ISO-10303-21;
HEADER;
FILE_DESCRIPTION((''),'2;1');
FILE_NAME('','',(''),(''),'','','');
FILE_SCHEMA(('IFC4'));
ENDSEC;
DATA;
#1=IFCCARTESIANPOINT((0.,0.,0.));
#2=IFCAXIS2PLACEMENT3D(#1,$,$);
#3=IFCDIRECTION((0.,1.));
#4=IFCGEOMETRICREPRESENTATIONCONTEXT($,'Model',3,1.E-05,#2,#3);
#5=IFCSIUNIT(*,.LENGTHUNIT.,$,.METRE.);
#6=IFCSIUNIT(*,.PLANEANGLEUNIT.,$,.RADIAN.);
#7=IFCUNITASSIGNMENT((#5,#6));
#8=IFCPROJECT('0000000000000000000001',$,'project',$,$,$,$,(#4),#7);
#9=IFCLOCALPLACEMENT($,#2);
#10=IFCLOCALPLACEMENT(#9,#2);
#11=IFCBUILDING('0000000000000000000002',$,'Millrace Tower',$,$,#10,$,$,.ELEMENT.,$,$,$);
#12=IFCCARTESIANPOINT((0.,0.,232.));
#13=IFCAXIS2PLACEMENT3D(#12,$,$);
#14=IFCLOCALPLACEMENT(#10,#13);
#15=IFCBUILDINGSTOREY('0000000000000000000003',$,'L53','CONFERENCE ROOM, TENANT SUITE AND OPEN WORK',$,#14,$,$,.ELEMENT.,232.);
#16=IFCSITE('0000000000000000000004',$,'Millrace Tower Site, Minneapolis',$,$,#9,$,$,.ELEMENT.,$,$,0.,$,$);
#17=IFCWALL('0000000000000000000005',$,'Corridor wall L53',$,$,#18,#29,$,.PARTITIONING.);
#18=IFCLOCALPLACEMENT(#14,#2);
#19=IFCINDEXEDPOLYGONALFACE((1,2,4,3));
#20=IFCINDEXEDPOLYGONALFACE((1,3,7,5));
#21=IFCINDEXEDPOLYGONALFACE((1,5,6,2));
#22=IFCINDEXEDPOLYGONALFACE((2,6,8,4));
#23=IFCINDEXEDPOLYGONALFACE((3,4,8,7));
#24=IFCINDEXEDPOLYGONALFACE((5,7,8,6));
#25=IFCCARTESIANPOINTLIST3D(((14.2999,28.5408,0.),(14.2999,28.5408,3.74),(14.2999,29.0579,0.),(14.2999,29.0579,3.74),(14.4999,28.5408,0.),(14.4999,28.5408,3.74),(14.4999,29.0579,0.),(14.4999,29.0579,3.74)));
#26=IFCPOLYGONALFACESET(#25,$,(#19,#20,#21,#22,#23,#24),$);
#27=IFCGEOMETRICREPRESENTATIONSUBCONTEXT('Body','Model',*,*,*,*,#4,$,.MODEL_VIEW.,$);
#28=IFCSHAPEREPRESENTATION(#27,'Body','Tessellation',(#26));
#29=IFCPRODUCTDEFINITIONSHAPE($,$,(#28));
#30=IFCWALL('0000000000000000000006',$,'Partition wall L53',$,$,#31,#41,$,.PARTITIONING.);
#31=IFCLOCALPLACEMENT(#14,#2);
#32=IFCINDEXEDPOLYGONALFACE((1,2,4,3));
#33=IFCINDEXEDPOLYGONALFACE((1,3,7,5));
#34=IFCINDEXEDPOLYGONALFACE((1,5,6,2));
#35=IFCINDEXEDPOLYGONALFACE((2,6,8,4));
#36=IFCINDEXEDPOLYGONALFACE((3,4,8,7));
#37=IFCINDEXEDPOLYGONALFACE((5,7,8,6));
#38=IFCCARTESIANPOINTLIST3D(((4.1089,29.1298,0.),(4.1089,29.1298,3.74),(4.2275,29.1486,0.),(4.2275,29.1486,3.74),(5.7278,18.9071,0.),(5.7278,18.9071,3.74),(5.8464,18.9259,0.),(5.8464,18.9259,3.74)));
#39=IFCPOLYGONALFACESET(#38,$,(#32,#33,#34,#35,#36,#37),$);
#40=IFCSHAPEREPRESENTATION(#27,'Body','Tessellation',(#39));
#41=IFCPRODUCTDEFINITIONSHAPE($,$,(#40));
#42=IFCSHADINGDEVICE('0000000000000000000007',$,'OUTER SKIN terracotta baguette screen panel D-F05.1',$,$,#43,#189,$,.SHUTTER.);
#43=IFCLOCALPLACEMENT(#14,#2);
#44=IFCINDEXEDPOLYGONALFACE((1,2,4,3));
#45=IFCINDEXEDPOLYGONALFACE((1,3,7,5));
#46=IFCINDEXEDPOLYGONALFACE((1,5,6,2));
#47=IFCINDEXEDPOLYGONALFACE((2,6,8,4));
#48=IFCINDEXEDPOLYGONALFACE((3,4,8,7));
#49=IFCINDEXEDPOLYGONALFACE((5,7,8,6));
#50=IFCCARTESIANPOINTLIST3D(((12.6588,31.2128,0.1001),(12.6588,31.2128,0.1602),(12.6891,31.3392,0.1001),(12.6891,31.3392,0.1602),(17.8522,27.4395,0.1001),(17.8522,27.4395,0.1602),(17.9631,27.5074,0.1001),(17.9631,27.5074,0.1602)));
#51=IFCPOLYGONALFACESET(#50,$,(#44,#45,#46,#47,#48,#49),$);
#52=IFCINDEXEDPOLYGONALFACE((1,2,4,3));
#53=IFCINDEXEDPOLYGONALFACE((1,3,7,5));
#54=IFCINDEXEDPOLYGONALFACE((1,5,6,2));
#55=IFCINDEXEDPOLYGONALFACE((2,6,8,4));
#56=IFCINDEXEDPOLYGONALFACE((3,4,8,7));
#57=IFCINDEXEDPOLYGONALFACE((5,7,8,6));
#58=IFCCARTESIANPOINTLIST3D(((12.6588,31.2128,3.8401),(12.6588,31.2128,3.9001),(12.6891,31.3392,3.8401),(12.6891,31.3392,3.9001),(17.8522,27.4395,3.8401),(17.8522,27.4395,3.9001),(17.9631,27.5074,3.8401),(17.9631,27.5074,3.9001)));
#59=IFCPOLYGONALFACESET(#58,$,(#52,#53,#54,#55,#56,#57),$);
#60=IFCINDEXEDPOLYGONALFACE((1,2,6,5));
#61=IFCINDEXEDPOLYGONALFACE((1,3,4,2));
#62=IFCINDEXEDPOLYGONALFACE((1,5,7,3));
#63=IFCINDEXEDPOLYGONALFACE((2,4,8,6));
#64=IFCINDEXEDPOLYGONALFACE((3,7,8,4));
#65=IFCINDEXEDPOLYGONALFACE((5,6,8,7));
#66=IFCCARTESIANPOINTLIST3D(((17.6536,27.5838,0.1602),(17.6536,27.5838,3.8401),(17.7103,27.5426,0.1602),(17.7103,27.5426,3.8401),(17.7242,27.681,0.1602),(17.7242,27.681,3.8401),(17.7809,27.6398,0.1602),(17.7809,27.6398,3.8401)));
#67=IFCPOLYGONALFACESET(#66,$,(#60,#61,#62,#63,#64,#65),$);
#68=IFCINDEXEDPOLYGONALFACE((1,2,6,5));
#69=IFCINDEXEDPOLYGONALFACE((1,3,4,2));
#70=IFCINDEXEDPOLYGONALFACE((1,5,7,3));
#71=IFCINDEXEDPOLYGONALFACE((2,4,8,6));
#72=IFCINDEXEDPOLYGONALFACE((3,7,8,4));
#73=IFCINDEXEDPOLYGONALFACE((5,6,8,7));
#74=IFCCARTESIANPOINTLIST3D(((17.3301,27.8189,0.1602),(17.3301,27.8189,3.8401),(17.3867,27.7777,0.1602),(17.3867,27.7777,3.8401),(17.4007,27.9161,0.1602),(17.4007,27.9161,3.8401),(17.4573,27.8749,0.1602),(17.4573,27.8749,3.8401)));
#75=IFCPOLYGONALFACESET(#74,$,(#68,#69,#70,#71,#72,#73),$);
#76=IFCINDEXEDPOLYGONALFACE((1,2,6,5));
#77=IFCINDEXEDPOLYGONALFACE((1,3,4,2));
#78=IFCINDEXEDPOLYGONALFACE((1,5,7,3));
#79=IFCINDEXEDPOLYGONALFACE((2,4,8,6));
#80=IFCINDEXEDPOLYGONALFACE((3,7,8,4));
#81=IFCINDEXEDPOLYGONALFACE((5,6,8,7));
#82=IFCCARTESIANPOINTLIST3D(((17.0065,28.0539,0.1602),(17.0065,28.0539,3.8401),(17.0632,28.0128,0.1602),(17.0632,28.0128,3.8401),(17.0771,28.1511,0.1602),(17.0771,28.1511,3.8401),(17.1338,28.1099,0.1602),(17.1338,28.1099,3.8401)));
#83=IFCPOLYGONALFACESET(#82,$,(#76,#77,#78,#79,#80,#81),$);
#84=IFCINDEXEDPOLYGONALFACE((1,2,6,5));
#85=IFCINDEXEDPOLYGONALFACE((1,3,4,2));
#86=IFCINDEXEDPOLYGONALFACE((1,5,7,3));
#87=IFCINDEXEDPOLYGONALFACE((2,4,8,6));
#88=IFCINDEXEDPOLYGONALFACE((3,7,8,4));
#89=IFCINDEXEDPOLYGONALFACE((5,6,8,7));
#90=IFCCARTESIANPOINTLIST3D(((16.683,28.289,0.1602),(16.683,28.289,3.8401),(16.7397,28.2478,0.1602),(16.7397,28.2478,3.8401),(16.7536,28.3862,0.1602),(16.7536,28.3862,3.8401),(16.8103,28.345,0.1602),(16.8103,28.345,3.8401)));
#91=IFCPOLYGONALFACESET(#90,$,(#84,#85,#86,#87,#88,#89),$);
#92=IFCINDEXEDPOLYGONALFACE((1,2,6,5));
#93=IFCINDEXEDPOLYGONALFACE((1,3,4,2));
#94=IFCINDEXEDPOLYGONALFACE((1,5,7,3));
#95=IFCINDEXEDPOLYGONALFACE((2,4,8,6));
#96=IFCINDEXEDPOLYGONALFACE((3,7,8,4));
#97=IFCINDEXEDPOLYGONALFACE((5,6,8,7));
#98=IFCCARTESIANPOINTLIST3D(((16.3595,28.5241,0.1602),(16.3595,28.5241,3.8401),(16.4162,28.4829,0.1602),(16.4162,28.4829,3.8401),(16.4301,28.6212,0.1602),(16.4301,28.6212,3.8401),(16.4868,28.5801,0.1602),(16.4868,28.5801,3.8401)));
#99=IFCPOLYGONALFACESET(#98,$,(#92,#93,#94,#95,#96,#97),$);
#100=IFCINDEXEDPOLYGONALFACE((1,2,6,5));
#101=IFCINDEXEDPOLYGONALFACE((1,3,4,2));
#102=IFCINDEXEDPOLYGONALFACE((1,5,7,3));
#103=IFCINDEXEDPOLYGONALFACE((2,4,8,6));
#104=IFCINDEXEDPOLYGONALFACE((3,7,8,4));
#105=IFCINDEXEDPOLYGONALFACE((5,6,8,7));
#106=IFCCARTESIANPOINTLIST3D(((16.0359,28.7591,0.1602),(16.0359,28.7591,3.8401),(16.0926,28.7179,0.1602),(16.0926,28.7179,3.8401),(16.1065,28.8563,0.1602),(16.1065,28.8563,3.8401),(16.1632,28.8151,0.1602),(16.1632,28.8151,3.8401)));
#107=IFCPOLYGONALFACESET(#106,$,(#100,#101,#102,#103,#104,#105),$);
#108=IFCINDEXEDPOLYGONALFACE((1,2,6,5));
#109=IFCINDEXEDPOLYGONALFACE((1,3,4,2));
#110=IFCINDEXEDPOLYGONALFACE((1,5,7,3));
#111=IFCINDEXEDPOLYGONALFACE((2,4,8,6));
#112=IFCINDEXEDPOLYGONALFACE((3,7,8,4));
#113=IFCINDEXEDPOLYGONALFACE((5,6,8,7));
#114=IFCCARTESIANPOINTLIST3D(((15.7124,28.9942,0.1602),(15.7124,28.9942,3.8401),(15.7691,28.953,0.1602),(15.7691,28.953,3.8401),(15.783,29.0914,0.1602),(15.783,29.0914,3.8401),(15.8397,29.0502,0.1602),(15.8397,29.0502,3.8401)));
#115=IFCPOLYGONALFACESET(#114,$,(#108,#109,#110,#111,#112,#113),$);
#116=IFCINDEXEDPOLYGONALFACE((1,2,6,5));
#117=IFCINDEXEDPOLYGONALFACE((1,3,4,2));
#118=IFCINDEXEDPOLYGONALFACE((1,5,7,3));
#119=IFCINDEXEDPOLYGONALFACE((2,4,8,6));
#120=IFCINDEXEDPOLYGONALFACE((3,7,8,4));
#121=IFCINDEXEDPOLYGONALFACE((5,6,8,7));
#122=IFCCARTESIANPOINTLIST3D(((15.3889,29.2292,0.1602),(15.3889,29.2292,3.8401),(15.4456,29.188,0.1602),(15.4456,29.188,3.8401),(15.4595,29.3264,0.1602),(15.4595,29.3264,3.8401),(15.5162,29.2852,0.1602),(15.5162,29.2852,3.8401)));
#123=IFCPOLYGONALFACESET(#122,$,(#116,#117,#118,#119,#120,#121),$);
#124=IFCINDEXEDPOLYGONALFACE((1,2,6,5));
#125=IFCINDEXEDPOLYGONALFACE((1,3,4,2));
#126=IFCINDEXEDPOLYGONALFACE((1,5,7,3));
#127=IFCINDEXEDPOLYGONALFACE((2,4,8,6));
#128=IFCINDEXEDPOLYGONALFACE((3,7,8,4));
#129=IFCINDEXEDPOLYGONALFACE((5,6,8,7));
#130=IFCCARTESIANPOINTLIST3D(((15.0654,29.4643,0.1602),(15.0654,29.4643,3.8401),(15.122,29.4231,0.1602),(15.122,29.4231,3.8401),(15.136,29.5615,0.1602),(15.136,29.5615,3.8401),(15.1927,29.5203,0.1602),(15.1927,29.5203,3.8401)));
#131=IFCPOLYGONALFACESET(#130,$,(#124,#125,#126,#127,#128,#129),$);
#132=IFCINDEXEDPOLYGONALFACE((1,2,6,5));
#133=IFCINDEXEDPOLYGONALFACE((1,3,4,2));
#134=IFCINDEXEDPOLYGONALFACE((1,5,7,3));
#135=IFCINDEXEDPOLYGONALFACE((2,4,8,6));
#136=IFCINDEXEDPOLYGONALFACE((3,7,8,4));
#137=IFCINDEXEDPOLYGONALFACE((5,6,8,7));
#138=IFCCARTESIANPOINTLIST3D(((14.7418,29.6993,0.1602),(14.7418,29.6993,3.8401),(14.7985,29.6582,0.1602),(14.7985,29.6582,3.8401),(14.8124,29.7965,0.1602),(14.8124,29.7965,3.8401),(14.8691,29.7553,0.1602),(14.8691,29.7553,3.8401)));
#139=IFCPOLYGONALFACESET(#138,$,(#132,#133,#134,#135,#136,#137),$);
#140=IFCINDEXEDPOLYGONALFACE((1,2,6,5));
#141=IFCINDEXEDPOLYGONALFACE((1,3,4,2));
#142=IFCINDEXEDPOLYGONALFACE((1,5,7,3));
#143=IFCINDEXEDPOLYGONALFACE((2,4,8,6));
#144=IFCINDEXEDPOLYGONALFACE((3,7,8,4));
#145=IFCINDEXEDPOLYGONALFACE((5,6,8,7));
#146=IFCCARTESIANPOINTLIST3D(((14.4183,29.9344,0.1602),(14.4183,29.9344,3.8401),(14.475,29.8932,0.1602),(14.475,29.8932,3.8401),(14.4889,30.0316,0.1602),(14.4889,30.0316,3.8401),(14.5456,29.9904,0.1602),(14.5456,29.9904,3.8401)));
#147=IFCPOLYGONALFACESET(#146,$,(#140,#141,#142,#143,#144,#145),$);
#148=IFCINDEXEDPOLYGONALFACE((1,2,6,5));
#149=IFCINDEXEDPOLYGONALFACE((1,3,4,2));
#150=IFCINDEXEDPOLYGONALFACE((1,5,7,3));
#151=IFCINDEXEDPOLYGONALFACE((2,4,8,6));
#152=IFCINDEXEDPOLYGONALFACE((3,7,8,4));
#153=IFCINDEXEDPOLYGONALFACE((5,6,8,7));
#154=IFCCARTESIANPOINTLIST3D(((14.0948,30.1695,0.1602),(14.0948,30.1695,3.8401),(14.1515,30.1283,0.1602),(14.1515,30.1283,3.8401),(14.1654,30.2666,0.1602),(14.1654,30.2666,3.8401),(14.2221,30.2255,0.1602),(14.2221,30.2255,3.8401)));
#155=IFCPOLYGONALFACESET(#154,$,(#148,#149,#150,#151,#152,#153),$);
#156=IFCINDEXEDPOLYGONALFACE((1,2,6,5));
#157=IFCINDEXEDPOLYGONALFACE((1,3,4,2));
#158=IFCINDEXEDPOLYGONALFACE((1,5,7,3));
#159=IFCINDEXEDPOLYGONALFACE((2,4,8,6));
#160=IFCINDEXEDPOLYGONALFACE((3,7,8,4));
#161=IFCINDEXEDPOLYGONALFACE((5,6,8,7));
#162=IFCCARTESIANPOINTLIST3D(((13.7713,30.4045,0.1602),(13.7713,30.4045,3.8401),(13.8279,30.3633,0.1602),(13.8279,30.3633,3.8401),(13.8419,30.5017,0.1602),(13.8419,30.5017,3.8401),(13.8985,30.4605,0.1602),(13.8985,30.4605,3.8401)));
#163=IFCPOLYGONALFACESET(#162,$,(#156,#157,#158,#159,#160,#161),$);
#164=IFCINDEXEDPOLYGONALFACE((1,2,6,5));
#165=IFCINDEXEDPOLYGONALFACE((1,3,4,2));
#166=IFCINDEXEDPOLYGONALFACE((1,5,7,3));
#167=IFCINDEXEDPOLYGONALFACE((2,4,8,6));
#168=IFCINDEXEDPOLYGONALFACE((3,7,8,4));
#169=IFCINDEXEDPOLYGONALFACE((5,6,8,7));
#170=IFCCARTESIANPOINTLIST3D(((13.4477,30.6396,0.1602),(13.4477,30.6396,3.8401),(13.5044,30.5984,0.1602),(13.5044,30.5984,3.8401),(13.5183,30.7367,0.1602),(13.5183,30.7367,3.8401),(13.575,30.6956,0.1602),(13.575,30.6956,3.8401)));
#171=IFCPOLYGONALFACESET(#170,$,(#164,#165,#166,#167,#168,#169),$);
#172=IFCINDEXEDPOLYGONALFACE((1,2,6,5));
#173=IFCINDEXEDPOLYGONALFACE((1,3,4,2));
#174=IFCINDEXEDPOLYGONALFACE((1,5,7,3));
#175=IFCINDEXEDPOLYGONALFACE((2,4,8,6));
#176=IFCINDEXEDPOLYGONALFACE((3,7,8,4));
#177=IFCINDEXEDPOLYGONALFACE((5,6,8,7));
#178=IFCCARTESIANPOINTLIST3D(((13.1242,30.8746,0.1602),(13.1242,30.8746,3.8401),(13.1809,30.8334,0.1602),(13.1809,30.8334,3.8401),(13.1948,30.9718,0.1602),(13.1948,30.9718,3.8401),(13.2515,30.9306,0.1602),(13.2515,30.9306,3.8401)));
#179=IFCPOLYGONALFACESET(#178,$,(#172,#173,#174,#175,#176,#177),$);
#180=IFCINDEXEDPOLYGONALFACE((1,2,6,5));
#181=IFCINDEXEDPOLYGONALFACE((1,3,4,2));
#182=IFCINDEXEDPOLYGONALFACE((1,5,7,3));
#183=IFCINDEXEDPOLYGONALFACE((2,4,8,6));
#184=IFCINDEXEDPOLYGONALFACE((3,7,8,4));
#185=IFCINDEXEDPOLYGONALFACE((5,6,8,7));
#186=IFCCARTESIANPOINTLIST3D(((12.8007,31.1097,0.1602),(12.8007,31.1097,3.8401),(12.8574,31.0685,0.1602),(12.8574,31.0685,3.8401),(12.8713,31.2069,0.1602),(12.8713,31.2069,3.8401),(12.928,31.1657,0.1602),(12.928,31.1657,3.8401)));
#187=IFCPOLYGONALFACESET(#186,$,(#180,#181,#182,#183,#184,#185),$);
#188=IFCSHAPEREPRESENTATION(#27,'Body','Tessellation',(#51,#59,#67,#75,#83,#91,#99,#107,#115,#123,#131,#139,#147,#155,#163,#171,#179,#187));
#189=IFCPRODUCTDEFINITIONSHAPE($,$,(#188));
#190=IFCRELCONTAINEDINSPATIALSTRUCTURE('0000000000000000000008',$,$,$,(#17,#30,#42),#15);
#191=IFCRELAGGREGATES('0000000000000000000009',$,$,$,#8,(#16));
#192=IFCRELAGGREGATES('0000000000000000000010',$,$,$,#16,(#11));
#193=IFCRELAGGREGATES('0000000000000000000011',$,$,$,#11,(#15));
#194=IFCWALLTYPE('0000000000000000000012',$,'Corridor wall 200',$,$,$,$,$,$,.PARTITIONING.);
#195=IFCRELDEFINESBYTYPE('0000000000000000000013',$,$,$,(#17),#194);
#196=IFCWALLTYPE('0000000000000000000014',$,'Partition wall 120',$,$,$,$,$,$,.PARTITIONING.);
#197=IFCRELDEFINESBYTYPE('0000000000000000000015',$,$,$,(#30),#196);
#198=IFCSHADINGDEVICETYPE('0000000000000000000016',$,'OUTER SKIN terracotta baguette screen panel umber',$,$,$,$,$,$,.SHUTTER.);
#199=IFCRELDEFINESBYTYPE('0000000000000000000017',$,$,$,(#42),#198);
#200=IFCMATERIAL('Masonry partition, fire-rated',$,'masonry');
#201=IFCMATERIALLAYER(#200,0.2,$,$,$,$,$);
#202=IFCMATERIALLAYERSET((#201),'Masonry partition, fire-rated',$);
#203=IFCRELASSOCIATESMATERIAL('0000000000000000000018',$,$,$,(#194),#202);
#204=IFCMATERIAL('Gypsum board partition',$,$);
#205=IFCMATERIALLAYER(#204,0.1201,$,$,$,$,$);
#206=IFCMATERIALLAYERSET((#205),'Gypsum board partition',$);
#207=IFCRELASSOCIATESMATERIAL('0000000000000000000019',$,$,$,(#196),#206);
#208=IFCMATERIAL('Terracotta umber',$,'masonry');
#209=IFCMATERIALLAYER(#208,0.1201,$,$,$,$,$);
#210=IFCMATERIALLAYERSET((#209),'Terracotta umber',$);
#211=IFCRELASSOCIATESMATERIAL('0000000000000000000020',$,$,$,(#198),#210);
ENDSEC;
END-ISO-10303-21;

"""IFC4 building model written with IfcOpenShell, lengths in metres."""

from ifc_helpers import new_model, entity, si_unit, direction, frame, frame_2d, origin, place, context, subcontext, project, spatial, rectangle, extrude, source, transform, mapped, material, layer, layer_set, type_object, element, save


model = new_model("IFC4")

# Units and contexts
model_context = context("Model", 3, precision=1e-05, world=origin(), true_north=direction((0.0, 1.0)))
body_context = subcontext(model_context, "Body", "Model", "MODEL_VIEW")
ifc_project = project(units=[si_unit("LENGTHUNIT", "METRE"), si_unit("PLANEANGLEUNIT", "RADIAN")], contexts=[model_context])

# Site, building, storey
site_placement = place(None, origin())
site = spatial("IfcSite", under=ifc_project, at=site_placement, Name="Millrace Tower Site, Minneapolis", CompositionType="ELEMENT", RefElevation=0.0)
building_placement = place(site_placement, origin())
building = spatial("IfcBuilding", under=site, at=building_placement, Name="Millrace Tower", CompositionType="ELEMENT")
storey_placement = place(building_placement, frame((0.0, 0.0, 232.0)))
storey = spatial("IfcBuildingStorey", under=building, at=storey_placement, Name="L53", Description="CONFERENCE ROOM, TENANT SUITE AND OPEN WORK", CompositionType="ELEMENT", Elevation=232.0)

# Walls
ifc_material_1 = material(Name="Masonry partition, fire-rated", Category="masonry")
ifc_layer_1 = layer(ifc_material_1, 0.2)
ifc_layer_set_1 = layer_set([ifc_layer_1], Name="Masonry partition, fire-rated")
wall_type_1 = type_object("IfcWallType", Name="Corridor wall 200", PredefinedType="PARTITIONING", material=ifc_layer_set_1)
wall_1_placement = place(storey_placement, frame((14.3999, 28.5408, 0.0), z_axis=(0.0, 0.0, 1.0), x_axis=(0.0, 1.0, 0.0)))
element("IfcWall", 1, at=wall_1_placement, inside=storey, type_object=wall_type_1, Name="Corridor wall L53", PredefinedType="PARTITIONING", context=body_context, shape_type="SweptSolid", body=[
    extrude(rectangle(XDim=0.5171, YDim=0.2, at=frame_2d((0.2585, 0.0))), origin(), (0.0, 0.0, 1.0), 3.74),
])
ifc_material_2 = material(Name="Gypsum board partition")
ifc_layer_2 = layer(ifc_material_2, 0.1201)
ifc_layer_set_2 = layer_set([ifc_layer_2], Name="Gypsum board partition")
wall_type_2 = type_object("IfcWallType", Name="Partition wall 120", PredefinedType="PARTITIONING", material=ifc_layer_set_2)
wall_2_placement = place(storey_placement, frame((4.1682, 29.1392, 0.0), z_axis=(0.0, 0.0, 1.0), x_axis=(0.156414, -0.987692, 0.0)))
element("IfcWall", 2, at=wall_2_placement, inside=storey, type_object=wall_type_2, Name="Partition wall L53", PredefinedType="PARTITIONING", context=body_context, shape_type="SweptSolid", body=[
    extrude(rectangle(XDim=10.3501, YDim=0.1201, at=frame_2d((5.175, 0.0))), origin(), (0.0, 0.0, 1.0), 3.74),
])

# Shading device
ifc_material_3 = material(Name="Terracotta umber", Category="masonry")
ifc_layer_3 = layer(ifc_material_3, 0.1201)
ifc_layer_set_3 = layer_set([ifc_layer_3], Name="Terracotta umber")
shading_device_type = type_object("IfcShadingDeviceType", Name="OUTER SKIN terracotta baguette screen panel umber", PredefinedType="SHUTTER", material=ifc_layer_set_3)
cartesian_point_1 = entity("IfcCartesianPoint", [-3.2097, 0.0601])
shared_polyline_1 = entity("IfcPolyline", [cartesian_point_1, entity("IfcCartesianPoint", [3.2097, 0.0601]), entity("IfcCartesianPoint", [3.2595, -0.0601]), entity("IfcCartesianPoint", [-3.2595, -0.0601]), cartesian_point_1])
shared_shape_1 = source(origin(), body_context, "Body", "SweptSolid", [
    entity("IfcExtrudedAreaSolid", entity("IfcArbitraryClosedProfileDef", "AREA", None, shared_polyline_1), entity("IfcAxis2Placement3D", entity("IfcCartesianPoint", [0.0, 0.0, 0.0])), entity("IfcDirection", [0.0, 0.0, 1.0]), 0.0601),
    entity("IfcExtrudedAreaSolid", entity("IfcArbitraryClosedProfileDef", "AREA", None, shared_polyline_1), entity("IfcAxis2Placement3D", entity("IfcCartesianPoint", [0.0, 0.0, 3.74])), entity("IfcDirection", [0.0, 0.0, 1.0]), 0.0601),
    extrude(rectangle(XDim=0.0701, YDim=0.1201, at=frame_2d((-2.9993, 0.0))), frame((0.0, 0.0, 0.0601)), (0.0, 0.0, 1.0), 3.6799),
    extrude(rectangle(XDim=0.0701, YDim=0.1201, at=frame_2d((-2.5994, 0.0))), frame((0.0, 0.0, 0.0601)), (0.0, 0.0, 1.0), 3.6799),
    extrude(rectangle(XDim=0.0701, YDim=0.1201, at=frame_2d((-2.1995, 0.0))), frame((0.0, 0.0, 0.0601)), (0.0, 0.0, 1.0), 3.6799),
    extrude(rectangle(XDim=0.0701, YDim=0.1201, at=frame_2d((-1.7996, 0.0))), frame((0.0, 0.0, 0.0601)), (0.0, 0.0, 1.0), 3.6799),
    extrude(rectangle(XDim=0.0701, YDim=0.1201, at=frame_2d((-1.3997, 0.0))), frame((0.0, 0.0, 0.0601)), (0.0, 0.0, 1.0), 3.6799),
    extrude(rectangle(XDim=0.0701, YDim=0.1201, at=frame_2d((-0.9998, 0.0))), frame((0.0, 0.0, 0.0601)), (0.0, 0.0, 1.0), 3.6799),
    extrude(rectangle(XDim=0.0701, YDim=0.1201, at=frame_2d((-0.5999, 0.0))), frame((0.0, 0.0, 0.0601)), (0.0, 0.0, 1.0), 3.6799),
    extrude(rectangle(XDim=0.0701, YDim=0.1201, at=frame_2d((-0.2, 0.0))), frame((0.0, 0.0, 0.0601)), (0.0, 0.0, 1.0), 3.6799),
    extrude(rectangle(XDim=0.0701, YDim=0.1201, at=frame_2d((0.2, 0.0))), frame((0.0, 0.0, 0.0601)), (0.0, 0.0, 1.0), 3.6799),
    extrude(rectangle(XDim=0.0701, YDim=0.1201, at=frame_2d((0.5999, 0.0))), frame((0.0, 0.0, 0.0601)), (0.0, 0.0, 1.0), 3.6799),
    extrude(rectangle(XDim=0.0701, YDim=0.1201, at=frame_2d((0.9998, 0.0))), frame((0.0, 0.0, 0.0601)), (0.0, 0.0, 1.0), 3.6799),
    extrude(rectangle(XDim=0.0701, YDim=0.1201, at=frame_2d((1.3997, 0.0))), frame((0.0, 0.0, 0.0601)), (0.0, 0.0, 1.0), 3.6799),
    extrude(rectangle(XDim=0.0701, YDim=0.1201, at=frame_2d((1.7996, 0.0))), frame((0.0, 0.0, 0.0601)), (0.0, 0.0, 1.0), 3.6799),
    extrude(rectangle(XDim=0.0701, YDim=0.1201, at=frame_2d((2.1995, 0.0))), frame((0.0, 0.0, 0.0601)), (0.0, 0.0, 1.0), 3.6799),
    extrude(rectangle(XDim=0.0701, YDim=0.1201, at=frame_2d((2.5994, 0.0))), frame((0.0, 0.0, 0.0601)), (0.0, 0.0, 1.0), 3.6799),
    extrude(rectangle(XDim=0.0701, YDim=0.1201, at=frame_2d((2.9993, 0.0))), frame((0.0, 0.0, 0.0601)), (0.0, 0.0, 1.0), 3.6799),
])
shading_device_1_placement = place(storey_placement, frame((15.2908, 29.3748, 0.1001), z_axis=(0.0, 0.0, 1.0), x_axis=(-0.809017, 0.587785, 0.0)))
element("IfcShadingDevice", 3, at=shading_device_1_placement, inside=storey, type_object=shading_device_type, Name="OUTER SKIN terracotta baguette screen panel D-F05.1", PredefinedType="SHUTTER", context=body_context, shape_type="MappedRepresentation", body=[
    mapped(shared_shape_1, transform((0.0, 0.0, 0.0), scale=1.0)),
])

save(model, "model.ifc")
